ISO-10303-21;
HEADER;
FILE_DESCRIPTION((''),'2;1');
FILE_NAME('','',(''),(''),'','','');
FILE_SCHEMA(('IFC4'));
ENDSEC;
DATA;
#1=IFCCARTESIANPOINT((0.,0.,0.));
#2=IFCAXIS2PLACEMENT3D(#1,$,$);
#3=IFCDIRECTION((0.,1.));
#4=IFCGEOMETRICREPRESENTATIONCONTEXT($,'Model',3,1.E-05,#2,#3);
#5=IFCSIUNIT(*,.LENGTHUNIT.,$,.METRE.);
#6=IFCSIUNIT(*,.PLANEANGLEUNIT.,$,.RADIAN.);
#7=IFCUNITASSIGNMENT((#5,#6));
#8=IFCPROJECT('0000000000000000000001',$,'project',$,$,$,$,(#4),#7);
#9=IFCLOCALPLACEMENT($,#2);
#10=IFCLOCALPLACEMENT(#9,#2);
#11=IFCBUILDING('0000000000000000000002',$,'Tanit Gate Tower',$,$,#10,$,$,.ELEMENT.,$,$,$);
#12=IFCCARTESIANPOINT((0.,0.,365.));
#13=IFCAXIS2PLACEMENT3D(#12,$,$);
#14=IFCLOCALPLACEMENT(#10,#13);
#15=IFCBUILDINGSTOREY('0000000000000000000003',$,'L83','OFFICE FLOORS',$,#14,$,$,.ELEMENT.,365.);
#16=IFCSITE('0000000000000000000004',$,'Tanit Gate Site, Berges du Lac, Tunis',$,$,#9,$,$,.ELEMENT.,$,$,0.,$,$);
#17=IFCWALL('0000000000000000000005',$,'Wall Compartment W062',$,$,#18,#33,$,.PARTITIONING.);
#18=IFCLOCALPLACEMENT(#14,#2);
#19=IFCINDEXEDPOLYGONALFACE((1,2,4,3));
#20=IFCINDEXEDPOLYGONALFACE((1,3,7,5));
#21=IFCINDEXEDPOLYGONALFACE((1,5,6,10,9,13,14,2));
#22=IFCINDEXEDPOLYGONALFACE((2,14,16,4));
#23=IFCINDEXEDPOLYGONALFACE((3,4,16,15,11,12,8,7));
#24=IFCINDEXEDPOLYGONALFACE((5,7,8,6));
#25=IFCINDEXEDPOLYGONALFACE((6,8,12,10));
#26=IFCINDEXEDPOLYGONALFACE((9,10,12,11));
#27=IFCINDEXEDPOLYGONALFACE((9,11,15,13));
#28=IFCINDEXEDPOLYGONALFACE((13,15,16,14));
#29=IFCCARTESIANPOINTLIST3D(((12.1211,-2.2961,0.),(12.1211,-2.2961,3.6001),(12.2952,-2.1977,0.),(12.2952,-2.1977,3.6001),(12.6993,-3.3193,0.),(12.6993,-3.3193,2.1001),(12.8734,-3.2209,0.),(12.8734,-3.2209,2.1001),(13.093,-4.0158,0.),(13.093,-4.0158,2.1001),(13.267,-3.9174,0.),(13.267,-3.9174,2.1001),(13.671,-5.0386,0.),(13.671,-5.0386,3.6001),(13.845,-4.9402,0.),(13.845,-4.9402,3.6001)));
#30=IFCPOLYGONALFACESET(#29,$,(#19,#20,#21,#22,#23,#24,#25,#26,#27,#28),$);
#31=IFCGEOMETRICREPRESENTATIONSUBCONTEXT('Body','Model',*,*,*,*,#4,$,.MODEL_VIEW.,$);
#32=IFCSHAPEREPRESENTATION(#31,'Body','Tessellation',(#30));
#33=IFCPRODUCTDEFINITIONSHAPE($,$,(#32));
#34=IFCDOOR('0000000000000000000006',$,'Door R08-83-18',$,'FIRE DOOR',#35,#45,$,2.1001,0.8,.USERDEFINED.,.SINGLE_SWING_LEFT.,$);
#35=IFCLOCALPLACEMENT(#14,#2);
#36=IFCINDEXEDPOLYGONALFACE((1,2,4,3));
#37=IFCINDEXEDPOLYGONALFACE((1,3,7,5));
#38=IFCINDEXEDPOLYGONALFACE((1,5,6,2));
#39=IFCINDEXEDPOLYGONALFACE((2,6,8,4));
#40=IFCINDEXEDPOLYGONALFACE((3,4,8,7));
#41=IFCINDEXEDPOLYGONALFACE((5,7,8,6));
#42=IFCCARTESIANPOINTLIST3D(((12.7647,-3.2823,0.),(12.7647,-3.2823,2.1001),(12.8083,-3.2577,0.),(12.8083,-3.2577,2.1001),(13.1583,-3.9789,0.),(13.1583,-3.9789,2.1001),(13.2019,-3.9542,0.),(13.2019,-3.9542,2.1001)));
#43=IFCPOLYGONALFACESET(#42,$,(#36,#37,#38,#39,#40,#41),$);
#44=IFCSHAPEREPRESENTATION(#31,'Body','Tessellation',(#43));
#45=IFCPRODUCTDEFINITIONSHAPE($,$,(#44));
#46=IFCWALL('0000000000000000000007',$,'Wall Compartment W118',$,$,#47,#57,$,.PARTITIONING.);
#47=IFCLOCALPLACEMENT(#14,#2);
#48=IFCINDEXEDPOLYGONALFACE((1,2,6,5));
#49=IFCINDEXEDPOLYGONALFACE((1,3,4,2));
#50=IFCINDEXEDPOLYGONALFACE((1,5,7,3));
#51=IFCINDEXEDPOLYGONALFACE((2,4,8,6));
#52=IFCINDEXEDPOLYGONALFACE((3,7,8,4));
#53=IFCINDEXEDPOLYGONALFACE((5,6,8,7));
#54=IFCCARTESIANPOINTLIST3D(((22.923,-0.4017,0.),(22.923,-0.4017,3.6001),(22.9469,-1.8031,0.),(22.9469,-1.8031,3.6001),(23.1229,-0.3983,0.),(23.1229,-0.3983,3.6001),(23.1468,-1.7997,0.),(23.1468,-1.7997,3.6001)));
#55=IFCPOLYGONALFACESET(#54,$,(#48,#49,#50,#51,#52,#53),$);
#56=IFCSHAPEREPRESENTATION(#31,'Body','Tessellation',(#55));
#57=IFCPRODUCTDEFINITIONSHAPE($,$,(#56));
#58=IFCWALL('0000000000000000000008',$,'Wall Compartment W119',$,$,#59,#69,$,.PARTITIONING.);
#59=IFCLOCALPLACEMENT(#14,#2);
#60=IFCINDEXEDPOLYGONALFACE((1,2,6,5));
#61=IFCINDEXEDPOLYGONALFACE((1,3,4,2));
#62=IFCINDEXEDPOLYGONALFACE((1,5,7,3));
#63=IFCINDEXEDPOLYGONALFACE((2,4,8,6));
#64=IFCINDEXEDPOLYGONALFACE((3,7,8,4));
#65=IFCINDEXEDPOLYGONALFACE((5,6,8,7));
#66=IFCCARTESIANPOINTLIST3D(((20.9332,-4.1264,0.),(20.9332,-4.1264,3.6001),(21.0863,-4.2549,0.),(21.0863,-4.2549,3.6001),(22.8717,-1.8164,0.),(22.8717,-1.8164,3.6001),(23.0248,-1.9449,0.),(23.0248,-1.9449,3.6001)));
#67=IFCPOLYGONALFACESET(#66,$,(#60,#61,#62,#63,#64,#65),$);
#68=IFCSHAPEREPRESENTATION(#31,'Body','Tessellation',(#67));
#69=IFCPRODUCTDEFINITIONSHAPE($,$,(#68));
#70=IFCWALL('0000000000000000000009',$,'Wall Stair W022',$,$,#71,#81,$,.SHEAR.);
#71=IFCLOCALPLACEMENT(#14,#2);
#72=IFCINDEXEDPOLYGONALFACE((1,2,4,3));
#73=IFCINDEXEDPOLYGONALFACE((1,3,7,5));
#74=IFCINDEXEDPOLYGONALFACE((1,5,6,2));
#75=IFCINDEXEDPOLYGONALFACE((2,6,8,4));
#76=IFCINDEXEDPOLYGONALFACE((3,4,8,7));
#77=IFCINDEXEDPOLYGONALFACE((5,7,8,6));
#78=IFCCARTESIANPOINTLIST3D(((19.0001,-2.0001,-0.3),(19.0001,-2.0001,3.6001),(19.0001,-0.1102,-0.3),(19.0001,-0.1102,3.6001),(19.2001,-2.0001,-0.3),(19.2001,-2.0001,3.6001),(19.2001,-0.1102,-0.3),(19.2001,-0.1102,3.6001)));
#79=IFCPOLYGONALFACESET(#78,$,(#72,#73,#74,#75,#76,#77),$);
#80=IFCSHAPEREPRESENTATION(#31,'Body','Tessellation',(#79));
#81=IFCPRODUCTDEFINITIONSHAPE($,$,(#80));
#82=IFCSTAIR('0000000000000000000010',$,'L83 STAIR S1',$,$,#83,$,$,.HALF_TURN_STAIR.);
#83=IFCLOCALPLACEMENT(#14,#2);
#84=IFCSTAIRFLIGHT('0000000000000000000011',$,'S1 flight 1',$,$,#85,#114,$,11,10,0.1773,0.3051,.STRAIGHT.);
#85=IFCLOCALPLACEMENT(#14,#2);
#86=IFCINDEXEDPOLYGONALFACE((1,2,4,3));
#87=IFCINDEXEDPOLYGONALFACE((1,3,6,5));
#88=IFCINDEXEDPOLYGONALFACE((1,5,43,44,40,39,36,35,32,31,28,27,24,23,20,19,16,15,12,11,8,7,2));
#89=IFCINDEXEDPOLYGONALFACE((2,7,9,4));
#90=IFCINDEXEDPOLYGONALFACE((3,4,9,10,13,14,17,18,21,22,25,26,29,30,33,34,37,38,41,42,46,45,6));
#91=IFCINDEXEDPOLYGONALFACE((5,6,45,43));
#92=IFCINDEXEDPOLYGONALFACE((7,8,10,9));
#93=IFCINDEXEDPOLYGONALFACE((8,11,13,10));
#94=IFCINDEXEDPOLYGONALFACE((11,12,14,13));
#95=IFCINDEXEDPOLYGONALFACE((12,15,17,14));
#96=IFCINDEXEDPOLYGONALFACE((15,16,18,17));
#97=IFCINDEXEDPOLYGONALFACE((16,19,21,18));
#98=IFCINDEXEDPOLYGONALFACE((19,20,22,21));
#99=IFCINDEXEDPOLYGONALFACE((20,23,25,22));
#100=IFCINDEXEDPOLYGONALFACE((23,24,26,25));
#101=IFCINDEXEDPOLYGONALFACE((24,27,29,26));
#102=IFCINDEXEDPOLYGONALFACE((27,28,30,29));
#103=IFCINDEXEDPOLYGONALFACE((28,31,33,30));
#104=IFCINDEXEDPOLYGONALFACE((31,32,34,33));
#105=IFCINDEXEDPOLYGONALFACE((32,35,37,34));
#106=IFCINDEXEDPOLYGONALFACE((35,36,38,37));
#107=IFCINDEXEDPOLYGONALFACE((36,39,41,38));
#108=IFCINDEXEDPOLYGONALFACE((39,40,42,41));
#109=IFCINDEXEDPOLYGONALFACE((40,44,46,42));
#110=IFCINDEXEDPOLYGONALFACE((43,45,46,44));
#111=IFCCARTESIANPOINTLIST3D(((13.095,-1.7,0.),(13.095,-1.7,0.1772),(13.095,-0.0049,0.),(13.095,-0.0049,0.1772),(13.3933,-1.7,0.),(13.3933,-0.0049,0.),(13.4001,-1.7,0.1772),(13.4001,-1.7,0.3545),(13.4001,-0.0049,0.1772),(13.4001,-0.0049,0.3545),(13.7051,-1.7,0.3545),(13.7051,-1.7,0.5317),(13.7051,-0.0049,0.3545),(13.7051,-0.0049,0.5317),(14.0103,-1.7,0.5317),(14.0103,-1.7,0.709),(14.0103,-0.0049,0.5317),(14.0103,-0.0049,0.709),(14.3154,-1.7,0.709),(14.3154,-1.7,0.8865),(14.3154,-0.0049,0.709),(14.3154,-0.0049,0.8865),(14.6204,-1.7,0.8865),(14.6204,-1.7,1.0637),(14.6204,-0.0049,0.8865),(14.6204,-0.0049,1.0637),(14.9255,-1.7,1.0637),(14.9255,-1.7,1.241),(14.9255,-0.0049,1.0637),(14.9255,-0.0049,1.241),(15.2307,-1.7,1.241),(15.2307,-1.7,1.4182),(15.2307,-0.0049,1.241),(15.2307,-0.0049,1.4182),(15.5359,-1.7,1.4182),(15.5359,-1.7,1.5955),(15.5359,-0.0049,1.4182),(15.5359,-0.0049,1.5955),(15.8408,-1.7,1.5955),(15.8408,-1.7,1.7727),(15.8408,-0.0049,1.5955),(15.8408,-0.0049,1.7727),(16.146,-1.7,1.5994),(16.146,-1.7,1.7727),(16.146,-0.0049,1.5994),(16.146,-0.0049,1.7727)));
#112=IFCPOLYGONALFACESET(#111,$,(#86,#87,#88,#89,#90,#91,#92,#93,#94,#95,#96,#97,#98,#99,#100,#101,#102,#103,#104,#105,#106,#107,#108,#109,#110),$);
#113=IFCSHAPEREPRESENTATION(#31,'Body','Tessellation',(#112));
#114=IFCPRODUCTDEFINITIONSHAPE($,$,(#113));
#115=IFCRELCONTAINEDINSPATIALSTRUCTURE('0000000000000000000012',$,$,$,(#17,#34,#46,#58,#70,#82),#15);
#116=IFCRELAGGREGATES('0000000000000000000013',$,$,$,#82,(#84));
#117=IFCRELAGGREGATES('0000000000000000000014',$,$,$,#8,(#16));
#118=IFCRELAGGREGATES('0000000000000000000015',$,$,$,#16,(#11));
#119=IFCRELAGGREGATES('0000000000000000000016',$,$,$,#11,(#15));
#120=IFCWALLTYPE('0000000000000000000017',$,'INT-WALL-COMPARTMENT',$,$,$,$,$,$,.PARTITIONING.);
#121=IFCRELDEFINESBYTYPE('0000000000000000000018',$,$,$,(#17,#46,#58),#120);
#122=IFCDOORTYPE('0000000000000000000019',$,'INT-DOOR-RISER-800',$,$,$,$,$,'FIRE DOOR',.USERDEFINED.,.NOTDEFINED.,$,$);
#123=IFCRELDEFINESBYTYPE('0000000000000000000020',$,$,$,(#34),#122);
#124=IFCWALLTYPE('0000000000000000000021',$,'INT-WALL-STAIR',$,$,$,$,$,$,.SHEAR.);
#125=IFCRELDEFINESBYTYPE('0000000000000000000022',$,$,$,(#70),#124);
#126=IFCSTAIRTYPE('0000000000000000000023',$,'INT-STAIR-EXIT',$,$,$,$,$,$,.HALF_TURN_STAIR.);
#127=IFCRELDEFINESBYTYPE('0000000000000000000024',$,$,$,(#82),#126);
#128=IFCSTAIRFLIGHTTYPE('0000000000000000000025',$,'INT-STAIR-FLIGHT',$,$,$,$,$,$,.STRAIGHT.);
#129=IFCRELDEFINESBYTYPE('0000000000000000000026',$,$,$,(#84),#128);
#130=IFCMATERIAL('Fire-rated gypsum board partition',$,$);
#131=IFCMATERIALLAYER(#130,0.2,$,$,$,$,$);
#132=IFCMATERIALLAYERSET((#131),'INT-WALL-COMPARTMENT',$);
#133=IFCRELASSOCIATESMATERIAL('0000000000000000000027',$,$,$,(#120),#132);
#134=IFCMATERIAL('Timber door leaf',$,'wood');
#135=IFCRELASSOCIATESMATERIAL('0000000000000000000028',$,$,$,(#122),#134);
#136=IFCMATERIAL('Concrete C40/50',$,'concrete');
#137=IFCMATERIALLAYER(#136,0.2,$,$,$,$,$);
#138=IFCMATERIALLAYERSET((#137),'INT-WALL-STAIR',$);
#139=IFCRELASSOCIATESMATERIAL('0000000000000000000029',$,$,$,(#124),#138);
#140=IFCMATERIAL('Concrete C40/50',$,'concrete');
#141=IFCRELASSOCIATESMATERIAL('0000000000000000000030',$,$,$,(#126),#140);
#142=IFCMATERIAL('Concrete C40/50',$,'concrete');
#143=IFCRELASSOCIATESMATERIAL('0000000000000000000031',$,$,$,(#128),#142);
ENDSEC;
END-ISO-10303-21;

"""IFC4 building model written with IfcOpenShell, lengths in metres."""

from ifc_helpers import new_model, si_unit, direction, frame, frame_2d, origin, place, context, subcontext, project, spatial, polyline, rectangle, outline, extrude, material, layer, layer_set, type_object, element, fill, aggregate, save


model = new_model("IFC4")

# Units and contexts
model_context = context("Model", 3, precision=1e-05, world=origin(), true_north=direction((0.0, 1.0)))
body_context = subcontext(model_context, "Body", "Model", "MODEL_VIEW")
ifc_project = project(units=[si_unit("LENGTHUNIT", "METRE"), si_unit("PLANEANGLEUNIT", "RADIAN")], contexts=[model_context])

# Site, building, storey
site_placement = place(None, origin())
site = spatial("IfcSite", under=ifc_project, at=site_placement, Name="Tanit Gate Site, Berges du Lac, Tunis", CompositionType="ELEMENT", RefElevation=0.0)
building_placement = place(site_placement, origin())
building = spatial("IfcBuilding", under=site, at=building_placement, Name="Tanit Gate Tower", CompositionType="ELEMENT")
storey_placement = place(building_placement, frame((0.0, 0.0, 365.0)))
storey = spatial("IfcBuildingStorey", under=building, at=storey_placement, Name="L83", Description="OFFICE FLOORS", CompositionType="ELEMENT", Elevation=365.0)

# Shared definitions
ifc_material_1 = material(Name="Fire-rated gypsum board partition")
ifc_layer_1 = layer(ifc_material_1, 0.2)
ifc_layer_set_1 = layer_set([ifc_layer_1], Name="INT-WALL-COMPARTMENT")
wall_type_1 = type_object("IfcWallType", Name="INT-WALL-COMPARTMENT", PredefinedType="PARTITIONING", material=ifc_layer_set_1)

# Wall, opening, door
wall_1_placement = place(storey_placement, frame((13.7581, -4.9895, 0.0), z_axis=(0.0, 0.0, 1.0), x_axis=(-0.491993, 0.870599, 0.0)))
wall_1 = element("IfcWall", 1, at=wall_1_placement, inside=storey, type_object=wall_type_1, Name="Wall Compartment W062", PredefinedType="PARTITIONING", context=body_context, shape_type="SweptSolid", body=[
    extrude(rectangle(XDim=3.1501, YDim=0.2, at=frame_2d((1.5752, 0.0))), origin(), (0.0, 0.0, 1.0), 3.6001),
])
opening_placement = place(wall_1_placement, frame((1.175, 0.0, 0.0)))
opening = element("IfcOpeningElement", 2, at=opening_placement, cuts=wall_1, PredefinedType="OPENING", context=body_context, shape_type="SweptSolid", body=[
    extrude(rectangle(XDim=0.8, YDim=2.1001, at=frame_2d((0.3999, 1.05))), frame((0.0, 0.1099, 0.0), z_axis=(0.0, -1.0, 0.0), x_axis=(1.0, 0.0, 0.0)), (0.0, 0.0, 1.0), 0.22),
])
ifc_material_2 = material(Name="Timber door leaf", Category="wood")
door_type = type_object("IfcDoorType", Name="INT-DOOR-RISER-800", ElementType="FIRE DOOR", OperationType="NOTDEFINED", PredefinedType="USERDEFINED", material=ifc_material_2)
door_placement = place(opening_placement, origin())
door = element("IfcDoor", 3, at=door_placement, inside=storey, type_object=door_type, Name="Door R08-83-18", ObjectType="FIRE DOOR", OperationType="SINGLE_SWING_LEFT", OverallHeight=2.1001, OverallWidth=0.8, PredefinedType="USERDEFINED", context=body_context, shape_type="SweptSolid", body=[
    extrude(rectangle(XDim=0.8, YDim=2.1001, at=frame_2d((0.3999, 1.05))), frame((0.0, 0.0249, 0.0), z_axis=(0.0, -1.0, 0.0), x_axis=(1.0, 0.0, 0.0)), (0.0, 0.0, 1.0), 0.05),
])
fill(opening, door)

# Walls
wall_2_placement = place(storey_placement, frame((23.0469, -1.8013, 0.0), z_axis=(0.0, 0.0, 1.0), x_axis=(-0.017071, 0.999854, 0.0)))
element("IfcWall", 4, at=wall_2_placement, inside=storey, type_object=wall_type_1, Name="Wall Compartment W118", PredefinedType="PARTITIONING", context=body_context, shape_type="SweptSolid", body=[
    extrude(rectangle(XDim=1.4016, YDim=0.2, at=frame_2d((0.7007, 0.0))), origin(), (0.0, 0.0, 1.0), 3.6001),
])
wall_3_placement = place(storey_placement, frame((21.0098, -4.1907, 0.0), z_axis=(0.0, 0.0, 1.0), x_axis=(0.642808, 0.766027, 0.0)))
element("IfcWall", 5, at=wall_3_placement, inside=storey, type_object=wall_type_1, Name="Wall Compartment W119", PredefinedType="PARTITIONING", context=body_context, shape_type="SweptSolid", body=[
    extrude(rectangle(XDim=3.0156, YDim=0.2, at=frame_2d((1.5078, 0.0))), origin(), (0.0, 0.0, 1.0), 3.6001),
])
ifc_material_3 = material(Name="Concrete C40/50", Category="concrete")
ifc_layer_2 = layer(ifc_material_3, 0.2)
ifc_layer_set_2 = layer_set([ifc_layer_2], Name="INT-WALL-STAIR")
wall_type_2 = type_object("IfcWallType", Name="INT-WALL-STAIR", PredefinedType="SHEAR", material=ifc_layer_set_2)
wall_4_placement = place(storey_placement, frame((19.1001, -2.0, -0.3), z_axis=(0.0, 0.0, 1.0), x_axis=(0.0, 1.0, 0.0)))
element("IfcWall", 6, at=wall_4_placement, inside=storey, type_object=wall_type_2, Name="Wall Stair W022", PredefinedType="SHEAR", context=body_context, shape_type="SweptSolid", body=[
    extrude(rectangle(XDim=1.8899, YDim=0.2, at=frame_2d((0.9448, 0.0))), origin(), (0.0, 0.0, 1.0), 3.9001),
])

# Stair, stair flight
ifc_material_4 = material(Name="Concrete C40/50", Category="concrete")
stair_type = type_object("IfcStairType", Name="INT-STAIR-EXIT", PredefinedType="HALF_TURN_STAIR", material=ifc_material_4)
stair_placement = place(storey_placement, origin())
stair = element("IfcStair", 7, at=stair_placement, inside=storey, type_object=stair_type, Name="L83 STAIR S1", PredefinedType="HALF_TURN_STAIR")
ifc_material_5 = material(Name="Concrete C40/50", Category="concrete")
stair_flight_type = type_object("IfcStairFlightType", Name="INT-STAIR-FLIGHT", PredefinedType="STRAIGHT", material=ifc_material_5)
stair_flight_placement = place(storey_placement, frame((13.095, -0.8525, 0.0), z_axis=(0.0, 0.0, 1.0), x_axis=(1.0, 0.0, 0.0)))
stair_flight = element("IfcStairFlight", 8, at=stair_flight_placement, type_object=stair_flight_type, Name="S1 flight 1", NumberOfRisers=11, NumberOfTreads=10, PredefinedType="STRAIGHT", RiserHeight=0.1773, TreadLength=0.3051, context=body_context, shape_type="SweptSolid", body=[
    extrude(outline(polyline([(0.0, 0.0), (0.0, 0.1772), (0.3052, 0.1772), (0.3052, 0.3545), (0.6101, 0.3545), (0.6101, 0.5317), (0.9153, 0.5317), (0.9153, 0.709), (1.2205, 0.709), (1.2205, 0.8865), (1.5254, 0.8865), (1.5254, 1.0637), (1.8306, 1.0637), (1.8306, 1.241), (2.1357, 1.241), (2.1357, 1.4182), (2.4409, 1.4182), (2.4409, 1.5955), (2.7458, 1.5955), (2.7458, 1.7727), (3.051, 1.7727), (3.051, 1.95), (3.051, 1.5994), (0.2983, 0.0), (0.0, 0.0)])), frame((0.0, 0.8477, 0.0), z_axis=(0.0, -1.0, 0.0), x_axis=(1.0, 0.0, 0.0)), (0.0, 0.0, 1.0), 1.6951),
])
aggregate(stair, [stair_flight])

save(model, "model.ifc")
